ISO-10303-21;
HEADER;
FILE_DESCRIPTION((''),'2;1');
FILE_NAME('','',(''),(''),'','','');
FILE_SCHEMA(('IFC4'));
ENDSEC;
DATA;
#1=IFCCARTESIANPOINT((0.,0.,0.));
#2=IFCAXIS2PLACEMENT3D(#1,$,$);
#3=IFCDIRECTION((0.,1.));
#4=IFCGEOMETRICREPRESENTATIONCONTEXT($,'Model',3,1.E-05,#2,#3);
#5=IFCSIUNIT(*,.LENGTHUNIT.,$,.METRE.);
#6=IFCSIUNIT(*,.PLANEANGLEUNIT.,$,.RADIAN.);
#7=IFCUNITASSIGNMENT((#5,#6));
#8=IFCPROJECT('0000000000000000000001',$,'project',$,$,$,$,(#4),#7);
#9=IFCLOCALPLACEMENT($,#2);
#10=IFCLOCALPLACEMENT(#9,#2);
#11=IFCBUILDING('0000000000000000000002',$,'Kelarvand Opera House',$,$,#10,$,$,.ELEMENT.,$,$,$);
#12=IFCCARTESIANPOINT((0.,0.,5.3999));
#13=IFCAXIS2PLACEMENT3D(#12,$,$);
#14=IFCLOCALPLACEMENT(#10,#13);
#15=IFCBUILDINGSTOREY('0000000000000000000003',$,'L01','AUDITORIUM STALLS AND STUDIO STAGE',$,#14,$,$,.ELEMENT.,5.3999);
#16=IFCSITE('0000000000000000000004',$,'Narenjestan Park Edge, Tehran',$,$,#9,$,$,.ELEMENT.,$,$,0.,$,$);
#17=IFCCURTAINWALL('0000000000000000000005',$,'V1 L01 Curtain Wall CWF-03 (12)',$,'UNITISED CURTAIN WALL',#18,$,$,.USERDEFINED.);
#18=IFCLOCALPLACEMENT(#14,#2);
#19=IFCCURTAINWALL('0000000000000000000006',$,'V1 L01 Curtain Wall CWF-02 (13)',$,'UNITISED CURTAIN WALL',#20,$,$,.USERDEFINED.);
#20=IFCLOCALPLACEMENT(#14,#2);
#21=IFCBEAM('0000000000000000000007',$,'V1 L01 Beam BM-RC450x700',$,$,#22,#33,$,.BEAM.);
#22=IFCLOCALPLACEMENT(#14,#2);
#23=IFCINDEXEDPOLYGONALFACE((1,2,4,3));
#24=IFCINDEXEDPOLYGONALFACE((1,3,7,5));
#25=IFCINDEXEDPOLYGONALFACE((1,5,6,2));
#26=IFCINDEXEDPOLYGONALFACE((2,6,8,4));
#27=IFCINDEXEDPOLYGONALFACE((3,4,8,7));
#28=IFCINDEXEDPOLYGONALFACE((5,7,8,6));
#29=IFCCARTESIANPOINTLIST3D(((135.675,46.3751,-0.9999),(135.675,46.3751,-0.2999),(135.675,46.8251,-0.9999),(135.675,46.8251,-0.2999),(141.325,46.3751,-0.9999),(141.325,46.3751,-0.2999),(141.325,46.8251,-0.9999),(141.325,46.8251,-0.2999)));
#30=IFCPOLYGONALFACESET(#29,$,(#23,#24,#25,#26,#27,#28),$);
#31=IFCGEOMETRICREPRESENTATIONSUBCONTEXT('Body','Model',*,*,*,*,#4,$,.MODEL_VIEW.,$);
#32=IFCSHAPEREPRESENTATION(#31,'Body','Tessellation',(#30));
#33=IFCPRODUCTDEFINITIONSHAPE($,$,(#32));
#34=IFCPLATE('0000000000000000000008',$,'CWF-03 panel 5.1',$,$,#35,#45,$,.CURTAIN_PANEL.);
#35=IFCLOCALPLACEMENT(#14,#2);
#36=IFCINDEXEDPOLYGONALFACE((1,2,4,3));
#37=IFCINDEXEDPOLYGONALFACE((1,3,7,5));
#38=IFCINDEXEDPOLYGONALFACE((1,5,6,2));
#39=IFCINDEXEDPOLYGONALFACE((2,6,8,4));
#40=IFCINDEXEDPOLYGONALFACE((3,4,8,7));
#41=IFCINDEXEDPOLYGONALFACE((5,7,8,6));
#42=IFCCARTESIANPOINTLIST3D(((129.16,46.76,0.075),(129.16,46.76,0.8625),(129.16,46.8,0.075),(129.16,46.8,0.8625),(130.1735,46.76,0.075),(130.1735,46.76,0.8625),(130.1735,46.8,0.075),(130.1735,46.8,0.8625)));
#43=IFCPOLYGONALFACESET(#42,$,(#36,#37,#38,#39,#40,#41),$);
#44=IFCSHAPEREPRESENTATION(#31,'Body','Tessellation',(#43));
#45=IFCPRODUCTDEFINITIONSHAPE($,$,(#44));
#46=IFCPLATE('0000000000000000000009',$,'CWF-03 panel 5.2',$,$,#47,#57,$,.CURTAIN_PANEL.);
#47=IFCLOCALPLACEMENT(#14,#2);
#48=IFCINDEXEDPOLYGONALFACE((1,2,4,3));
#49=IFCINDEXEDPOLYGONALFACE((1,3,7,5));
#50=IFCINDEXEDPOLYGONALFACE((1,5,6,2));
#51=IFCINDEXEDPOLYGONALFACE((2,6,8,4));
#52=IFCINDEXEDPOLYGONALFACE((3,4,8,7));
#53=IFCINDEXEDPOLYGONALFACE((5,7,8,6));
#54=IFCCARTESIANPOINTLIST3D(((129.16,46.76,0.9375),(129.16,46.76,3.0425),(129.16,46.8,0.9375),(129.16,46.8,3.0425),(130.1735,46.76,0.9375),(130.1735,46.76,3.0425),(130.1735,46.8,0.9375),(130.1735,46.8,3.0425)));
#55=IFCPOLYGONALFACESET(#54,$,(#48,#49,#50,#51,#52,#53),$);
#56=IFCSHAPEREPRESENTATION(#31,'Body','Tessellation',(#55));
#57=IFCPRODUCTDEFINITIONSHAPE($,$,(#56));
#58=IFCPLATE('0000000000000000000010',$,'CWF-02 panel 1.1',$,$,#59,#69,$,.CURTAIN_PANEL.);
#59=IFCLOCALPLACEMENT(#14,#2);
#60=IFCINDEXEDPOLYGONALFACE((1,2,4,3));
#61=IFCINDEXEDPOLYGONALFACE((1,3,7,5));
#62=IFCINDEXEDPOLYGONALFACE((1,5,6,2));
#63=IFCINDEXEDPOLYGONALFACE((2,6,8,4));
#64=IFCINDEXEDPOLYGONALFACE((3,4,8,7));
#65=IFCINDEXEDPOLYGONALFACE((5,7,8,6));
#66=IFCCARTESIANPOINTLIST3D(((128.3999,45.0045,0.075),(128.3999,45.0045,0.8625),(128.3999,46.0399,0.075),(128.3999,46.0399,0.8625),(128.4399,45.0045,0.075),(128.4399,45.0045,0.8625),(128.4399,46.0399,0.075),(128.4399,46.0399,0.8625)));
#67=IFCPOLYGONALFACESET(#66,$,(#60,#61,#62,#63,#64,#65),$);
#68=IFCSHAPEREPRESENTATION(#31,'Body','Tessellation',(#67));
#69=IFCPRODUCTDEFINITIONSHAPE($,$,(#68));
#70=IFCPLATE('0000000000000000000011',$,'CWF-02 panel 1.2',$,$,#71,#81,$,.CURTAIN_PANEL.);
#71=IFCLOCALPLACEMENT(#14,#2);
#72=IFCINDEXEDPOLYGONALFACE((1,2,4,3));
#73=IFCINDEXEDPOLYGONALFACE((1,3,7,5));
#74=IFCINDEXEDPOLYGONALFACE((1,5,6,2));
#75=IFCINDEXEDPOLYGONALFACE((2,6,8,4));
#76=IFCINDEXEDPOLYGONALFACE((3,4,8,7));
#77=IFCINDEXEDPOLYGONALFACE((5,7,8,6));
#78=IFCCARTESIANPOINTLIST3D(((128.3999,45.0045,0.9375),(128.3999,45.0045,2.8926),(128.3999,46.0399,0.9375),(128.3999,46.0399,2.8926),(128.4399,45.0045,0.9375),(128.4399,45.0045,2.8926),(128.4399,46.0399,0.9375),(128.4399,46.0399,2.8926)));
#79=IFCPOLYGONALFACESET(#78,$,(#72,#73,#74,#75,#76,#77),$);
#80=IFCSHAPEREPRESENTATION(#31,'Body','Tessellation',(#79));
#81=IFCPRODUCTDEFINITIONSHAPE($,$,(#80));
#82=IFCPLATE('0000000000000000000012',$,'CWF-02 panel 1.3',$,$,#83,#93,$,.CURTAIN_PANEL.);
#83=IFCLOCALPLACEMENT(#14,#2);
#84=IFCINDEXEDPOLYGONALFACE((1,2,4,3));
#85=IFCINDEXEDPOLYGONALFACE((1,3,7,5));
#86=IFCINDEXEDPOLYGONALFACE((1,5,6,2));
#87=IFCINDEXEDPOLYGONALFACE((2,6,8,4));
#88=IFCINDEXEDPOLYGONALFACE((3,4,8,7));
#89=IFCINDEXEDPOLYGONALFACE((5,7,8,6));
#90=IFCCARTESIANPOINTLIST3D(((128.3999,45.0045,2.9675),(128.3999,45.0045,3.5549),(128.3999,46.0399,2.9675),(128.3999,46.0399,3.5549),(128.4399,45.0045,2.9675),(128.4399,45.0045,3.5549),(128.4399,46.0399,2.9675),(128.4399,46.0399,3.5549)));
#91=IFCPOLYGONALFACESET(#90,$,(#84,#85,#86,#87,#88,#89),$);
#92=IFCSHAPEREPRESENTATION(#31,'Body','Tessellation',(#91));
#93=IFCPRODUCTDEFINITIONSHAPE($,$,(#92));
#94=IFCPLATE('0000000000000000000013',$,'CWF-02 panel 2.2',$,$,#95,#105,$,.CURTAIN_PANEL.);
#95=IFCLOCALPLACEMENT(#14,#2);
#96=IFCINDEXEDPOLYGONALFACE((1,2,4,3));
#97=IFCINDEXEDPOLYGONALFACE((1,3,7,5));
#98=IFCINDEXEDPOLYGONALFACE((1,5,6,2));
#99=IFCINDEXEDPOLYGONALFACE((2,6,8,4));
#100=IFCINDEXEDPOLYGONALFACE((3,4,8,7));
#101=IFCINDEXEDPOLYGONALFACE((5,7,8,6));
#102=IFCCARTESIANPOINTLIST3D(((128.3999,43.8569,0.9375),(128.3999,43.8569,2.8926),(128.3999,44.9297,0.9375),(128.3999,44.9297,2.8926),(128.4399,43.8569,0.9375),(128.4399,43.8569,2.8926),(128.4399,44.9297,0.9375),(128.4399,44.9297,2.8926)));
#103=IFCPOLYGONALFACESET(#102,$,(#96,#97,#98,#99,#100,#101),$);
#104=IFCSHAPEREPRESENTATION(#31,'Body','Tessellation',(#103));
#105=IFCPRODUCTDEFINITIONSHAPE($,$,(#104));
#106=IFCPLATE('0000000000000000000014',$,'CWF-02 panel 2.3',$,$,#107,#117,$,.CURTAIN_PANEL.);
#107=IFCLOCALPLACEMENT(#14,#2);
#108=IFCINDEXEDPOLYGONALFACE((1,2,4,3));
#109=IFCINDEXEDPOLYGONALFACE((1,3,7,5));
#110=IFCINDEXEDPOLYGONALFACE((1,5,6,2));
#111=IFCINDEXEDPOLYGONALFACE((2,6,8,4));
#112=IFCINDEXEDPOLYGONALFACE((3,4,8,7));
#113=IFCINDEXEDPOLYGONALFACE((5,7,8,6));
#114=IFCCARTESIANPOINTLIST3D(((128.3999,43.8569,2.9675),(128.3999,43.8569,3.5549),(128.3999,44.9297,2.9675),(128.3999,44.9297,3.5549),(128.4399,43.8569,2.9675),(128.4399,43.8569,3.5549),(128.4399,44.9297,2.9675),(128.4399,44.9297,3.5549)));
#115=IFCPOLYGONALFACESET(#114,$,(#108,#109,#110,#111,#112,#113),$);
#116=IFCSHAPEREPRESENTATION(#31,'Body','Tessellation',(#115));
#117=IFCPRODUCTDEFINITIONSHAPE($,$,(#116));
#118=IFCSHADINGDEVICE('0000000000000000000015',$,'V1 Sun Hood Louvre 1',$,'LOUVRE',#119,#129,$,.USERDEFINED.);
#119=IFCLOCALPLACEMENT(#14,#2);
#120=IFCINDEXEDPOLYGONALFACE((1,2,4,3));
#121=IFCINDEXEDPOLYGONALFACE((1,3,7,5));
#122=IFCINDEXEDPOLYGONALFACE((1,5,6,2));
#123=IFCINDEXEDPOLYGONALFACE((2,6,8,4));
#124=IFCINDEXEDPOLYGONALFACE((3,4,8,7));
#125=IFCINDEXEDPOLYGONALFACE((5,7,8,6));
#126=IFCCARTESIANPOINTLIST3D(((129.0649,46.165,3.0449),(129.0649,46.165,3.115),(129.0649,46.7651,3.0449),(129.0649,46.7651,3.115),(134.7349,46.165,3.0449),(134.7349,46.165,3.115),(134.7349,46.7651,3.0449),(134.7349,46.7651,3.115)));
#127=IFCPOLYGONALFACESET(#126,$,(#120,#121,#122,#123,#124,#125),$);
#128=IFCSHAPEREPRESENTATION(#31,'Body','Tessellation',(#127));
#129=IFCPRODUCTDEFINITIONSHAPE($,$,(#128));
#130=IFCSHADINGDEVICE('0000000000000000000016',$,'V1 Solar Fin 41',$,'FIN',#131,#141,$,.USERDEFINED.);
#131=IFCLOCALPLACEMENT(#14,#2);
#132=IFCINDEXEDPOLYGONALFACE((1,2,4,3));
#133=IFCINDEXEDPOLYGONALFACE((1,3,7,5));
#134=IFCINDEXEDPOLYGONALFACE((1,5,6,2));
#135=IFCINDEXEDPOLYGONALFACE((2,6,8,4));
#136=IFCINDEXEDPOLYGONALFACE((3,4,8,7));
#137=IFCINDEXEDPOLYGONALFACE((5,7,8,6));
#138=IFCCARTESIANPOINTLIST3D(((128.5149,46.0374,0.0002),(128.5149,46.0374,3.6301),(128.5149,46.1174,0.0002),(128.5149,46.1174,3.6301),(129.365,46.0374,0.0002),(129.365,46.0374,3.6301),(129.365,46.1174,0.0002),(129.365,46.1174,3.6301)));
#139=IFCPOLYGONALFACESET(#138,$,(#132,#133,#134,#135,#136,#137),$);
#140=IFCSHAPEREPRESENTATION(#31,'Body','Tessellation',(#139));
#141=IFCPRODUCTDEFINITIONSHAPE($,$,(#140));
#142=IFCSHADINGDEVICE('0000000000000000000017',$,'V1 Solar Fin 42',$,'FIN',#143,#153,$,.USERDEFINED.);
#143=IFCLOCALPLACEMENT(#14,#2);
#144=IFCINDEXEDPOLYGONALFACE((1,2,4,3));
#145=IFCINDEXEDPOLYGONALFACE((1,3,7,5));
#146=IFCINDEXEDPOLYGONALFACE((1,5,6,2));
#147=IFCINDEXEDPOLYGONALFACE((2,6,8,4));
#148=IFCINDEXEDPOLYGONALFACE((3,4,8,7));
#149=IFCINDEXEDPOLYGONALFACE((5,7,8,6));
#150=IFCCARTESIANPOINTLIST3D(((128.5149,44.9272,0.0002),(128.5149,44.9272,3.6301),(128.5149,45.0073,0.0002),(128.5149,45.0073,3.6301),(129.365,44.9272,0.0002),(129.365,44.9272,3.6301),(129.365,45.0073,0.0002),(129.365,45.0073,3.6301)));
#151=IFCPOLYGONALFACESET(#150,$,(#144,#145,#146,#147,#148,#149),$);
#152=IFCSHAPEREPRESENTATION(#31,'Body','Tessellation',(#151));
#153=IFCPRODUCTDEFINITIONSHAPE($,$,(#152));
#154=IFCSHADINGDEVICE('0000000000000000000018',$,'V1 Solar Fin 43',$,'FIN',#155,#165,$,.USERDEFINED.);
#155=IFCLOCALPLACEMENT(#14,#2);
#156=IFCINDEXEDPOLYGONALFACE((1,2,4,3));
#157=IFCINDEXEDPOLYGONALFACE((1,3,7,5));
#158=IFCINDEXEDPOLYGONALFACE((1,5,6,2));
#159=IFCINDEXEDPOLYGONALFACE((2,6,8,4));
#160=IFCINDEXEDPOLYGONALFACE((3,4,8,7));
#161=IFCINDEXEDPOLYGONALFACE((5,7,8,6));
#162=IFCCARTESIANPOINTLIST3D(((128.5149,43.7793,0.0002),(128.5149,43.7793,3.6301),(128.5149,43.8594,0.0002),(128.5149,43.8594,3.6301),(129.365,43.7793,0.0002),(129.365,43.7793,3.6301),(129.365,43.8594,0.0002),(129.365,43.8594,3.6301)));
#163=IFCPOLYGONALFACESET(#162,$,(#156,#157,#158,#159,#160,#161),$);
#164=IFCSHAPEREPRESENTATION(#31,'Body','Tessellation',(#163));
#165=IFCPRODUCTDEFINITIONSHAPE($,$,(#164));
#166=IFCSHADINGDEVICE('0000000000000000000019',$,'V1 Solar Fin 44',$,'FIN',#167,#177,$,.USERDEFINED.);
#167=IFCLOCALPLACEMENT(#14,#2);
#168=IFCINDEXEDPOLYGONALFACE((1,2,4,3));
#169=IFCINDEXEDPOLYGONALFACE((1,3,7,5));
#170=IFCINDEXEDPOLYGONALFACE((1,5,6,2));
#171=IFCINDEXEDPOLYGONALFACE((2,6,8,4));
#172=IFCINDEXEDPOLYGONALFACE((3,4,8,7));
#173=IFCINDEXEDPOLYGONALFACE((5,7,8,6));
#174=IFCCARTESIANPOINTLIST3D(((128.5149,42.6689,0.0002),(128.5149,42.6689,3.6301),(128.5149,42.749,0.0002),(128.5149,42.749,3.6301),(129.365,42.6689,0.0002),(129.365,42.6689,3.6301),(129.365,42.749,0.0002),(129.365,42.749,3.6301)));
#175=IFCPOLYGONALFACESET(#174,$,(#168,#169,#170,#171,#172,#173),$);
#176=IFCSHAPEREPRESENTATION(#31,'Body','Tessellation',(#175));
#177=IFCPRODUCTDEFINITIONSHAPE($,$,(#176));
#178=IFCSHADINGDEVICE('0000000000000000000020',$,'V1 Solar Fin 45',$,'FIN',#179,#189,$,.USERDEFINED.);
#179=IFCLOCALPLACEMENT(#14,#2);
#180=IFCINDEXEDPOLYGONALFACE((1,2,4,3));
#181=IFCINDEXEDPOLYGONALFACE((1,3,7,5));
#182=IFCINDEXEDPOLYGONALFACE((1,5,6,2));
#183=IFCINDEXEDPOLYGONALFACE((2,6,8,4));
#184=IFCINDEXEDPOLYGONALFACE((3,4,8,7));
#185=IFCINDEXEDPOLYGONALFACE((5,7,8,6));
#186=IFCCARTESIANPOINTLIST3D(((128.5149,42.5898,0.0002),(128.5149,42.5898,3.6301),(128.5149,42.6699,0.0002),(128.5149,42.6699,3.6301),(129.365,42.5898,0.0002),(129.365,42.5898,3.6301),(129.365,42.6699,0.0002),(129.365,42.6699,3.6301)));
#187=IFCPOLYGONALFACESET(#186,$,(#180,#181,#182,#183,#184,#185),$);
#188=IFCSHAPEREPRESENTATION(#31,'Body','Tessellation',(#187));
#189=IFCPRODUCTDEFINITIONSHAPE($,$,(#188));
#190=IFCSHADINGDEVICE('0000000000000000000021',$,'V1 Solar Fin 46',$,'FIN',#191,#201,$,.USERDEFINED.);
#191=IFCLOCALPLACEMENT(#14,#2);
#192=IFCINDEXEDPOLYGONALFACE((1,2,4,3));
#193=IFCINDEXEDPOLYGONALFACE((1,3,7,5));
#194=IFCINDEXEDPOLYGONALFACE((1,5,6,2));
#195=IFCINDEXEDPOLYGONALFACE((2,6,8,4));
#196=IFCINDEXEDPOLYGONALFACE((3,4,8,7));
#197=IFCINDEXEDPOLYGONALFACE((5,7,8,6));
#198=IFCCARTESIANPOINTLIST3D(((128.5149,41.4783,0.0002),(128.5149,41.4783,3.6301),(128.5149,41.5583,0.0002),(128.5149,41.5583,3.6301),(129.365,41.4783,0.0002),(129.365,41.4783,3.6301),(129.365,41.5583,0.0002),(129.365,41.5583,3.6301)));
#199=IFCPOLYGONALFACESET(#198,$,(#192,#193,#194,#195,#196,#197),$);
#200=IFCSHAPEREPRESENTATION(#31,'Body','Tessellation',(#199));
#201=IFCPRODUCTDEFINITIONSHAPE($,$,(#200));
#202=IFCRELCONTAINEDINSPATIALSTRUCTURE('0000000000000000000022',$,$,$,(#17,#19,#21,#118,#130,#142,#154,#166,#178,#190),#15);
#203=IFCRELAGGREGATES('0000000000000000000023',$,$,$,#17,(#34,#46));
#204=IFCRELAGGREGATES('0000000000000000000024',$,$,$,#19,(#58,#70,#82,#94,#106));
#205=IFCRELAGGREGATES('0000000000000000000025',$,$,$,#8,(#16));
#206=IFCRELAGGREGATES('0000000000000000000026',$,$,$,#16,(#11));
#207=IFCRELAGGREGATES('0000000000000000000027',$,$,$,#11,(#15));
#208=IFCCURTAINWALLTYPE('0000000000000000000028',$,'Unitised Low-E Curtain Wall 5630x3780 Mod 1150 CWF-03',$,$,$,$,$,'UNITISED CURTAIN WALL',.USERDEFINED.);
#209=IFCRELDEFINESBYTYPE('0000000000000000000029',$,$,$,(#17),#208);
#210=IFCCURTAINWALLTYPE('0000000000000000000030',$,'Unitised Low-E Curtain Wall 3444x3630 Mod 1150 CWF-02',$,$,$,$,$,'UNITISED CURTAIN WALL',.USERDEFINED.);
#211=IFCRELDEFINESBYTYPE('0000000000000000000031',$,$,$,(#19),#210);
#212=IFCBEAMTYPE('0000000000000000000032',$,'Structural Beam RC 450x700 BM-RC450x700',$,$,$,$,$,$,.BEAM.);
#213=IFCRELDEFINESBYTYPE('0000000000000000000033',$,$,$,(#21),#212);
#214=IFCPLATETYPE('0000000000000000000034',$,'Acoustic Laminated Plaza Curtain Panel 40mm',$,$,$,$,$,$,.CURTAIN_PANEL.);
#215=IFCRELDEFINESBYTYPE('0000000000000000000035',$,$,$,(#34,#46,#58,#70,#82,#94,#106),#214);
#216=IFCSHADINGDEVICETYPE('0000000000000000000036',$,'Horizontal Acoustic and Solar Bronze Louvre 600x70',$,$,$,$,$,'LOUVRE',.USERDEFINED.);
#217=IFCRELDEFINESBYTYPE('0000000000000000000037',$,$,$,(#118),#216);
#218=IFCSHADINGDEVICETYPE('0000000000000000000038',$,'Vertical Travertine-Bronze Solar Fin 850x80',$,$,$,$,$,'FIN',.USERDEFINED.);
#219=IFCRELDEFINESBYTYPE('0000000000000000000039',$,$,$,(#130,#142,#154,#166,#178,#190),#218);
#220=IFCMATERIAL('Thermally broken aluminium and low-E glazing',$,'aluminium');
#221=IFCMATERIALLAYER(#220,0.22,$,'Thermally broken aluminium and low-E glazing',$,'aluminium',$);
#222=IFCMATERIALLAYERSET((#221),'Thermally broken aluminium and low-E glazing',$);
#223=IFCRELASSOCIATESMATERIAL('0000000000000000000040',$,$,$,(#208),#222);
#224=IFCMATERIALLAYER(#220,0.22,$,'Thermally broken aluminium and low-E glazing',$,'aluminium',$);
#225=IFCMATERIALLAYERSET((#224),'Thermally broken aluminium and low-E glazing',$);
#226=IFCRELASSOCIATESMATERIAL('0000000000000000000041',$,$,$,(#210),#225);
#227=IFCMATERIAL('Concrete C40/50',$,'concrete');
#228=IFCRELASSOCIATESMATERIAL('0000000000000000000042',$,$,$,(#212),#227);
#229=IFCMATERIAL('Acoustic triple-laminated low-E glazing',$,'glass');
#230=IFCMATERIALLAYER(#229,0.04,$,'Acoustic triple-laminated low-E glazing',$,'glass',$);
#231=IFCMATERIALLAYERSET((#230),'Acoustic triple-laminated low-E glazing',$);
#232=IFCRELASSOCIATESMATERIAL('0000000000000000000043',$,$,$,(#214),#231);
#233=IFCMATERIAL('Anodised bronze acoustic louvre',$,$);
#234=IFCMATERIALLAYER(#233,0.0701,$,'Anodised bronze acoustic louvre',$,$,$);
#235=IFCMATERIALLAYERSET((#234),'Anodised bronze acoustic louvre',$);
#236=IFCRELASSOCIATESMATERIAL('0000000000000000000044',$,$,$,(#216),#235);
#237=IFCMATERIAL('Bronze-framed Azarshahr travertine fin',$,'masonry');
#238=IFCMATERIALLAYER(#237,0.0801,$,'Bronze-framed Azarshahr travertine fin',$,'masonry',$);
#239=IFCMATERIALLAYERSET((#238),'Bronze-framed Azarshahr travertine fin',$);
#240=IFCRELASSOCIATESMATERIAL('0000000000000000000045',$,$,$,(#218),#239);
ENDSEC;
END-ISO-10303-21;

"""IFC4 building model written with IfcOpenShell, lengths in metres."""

from ifc_helpers import new_model, si_unit, direction, frame, origin, origin_2d, place, context, subcontext, project, spatial, rectangle, extrude, material, layer, layer_set, material_profile, profile_set, type_object, element, aggregate, save


model = new_model("IFC4")

# Units and contexts
model_context = context("Model", 3, precision=1e-05, world=origin(), true_north=direction((0.0, 1.0)))
body_context = subcontext(model_context, "Body", "Model", "MODEL_VIEW")
ifc_project = project(units=[si_unit("LENGTHUNIT", "METRE"), si_unit("PLANEANGLEUNIT", "RADIAN")], contexts=[model_context])

# Site, building, storey
site_placement = place(None, origin())
site = spatial("IfcSite", under=ifc_project, at=site_placement, Name="Narenjestan Park Edge, Tehran", CompositionType="ELEMENT", RefElevation=0.0)
building_placement = place(site_placement, origin())
building = spatial("IfcBuilding", under=site, at=building_placement, Name="Kelarvand Opera House", CompositionType="ELEMENT")
storey_placement = place(building_placement, frame((0.0, 0.0, 5.3999)))
storey = spatial("IfcBuildingStorey", under=building, at=storey_placement, Name="L01", Description="AUDITORIUM STALLS AND STUDIO STAGE", CompositionType="ELEMENT", Elevation=5.3999)

# Shared definitions
ifc_material_1 = material(Name="Concrete C40/50", Category="concrete")

# Curtain wall
ifc_material_2 = material(Name="Thermally broken aluminium and low-E glazing", Category="aluminium")
ifc_layer_1 = layer(ifc_material_2, 0.22, Name="Thermally broken aluminium and low-E glazing", Category="aluminium")
ifc_layer_set_1 = layer_set([ifc_layer_1], Name="Thermally broken aluminium and low-E glazing")
curtain_wall_type_1 = type_object("IfcCurtainWallType", Name="Unitised Low-E Curtain Wall 5630x3780 Mod 1150 CWF-03", ElementType="UNITISED CURTAIN WALL", PredefinedType="USERDEFINED", material=ifc_layer_set_1)
curtain_wall_1_placement = place(storey_placement, origin())
curtain_wall_1 = element("IfcCurtainWall", 1, at=curtain_wall_1_placement, inside=storey, type_object=curtain_wall_type_1, Name="V1 L01 Curtain Wall CWF-03 (12)", ObjectType="UNITISED CURTAIN WALL", PredefinedType="USERDEFINED")

# Curtain wall
ifc_layer_2 = layer(ifc_material_2, 0.22, Name="Thermally broken aluminium and low-E glazing", Category="aluminium")
ifc_layer_set_2 = layer_set([ifc_layer_2], Name="Thermally broken aluminium and low-E glazing")
curtain_wall_type_2 = type_object("IfcCurtainWallType", Name="Unitised Low-E Curtain Wall 3444x3630 Mod 1150 CWF-02", ElementType="UNITISED CURTAIN WALL", PredefinedType="USERDEFINED", material=ifc_layer_set_2)
curtain_wall_2_placement = place(storey_placement, origin())
curtain_wall_2 = element("IfcCurtainWall", 2, at=curtain_wall_2_placement, inside=storey, type_object=curtain_wall_type_2, Name="V1 L01 Curtain Wall CWF-02 (13)", ObjectType="UNITISED CURTAIN WALL", PredefinedType="USERDEFINED")

# Beam
ifc_material_profile_1 = material_profile(ifc_material_1, rectangle(XDim=0.45, YDim=0.7, at=origin_2d()), Name="RC 450x700", Category="concrete")
ifc_profile_set_1 = profile_set([ifc_material_profile_1], Name="Concrete C40/50")
beam_type = type_object("IfcBeamType", Name="Structural Beam RC 450x700 BM-RC450x700", PredefinedType="BEAM", material=ifc_profile_set_1)
beam_1_placement = place(storey_placement, frame((135.675, 46.6001, -0.6499), z_axis=(1.0, 0.0, 0.0), x_axis=(0.0, 1.0, 0.0)))
element("IfcBeam", 3, at=beam_1_placement, inside=storey, type_object=beam_type, Name="V1 L01 Beam BM-RC450x700", PredefinedType="BEAM", context=body_context, shape_type="SweptSolid", body=[
    extrude(rectangle(XDim=0.45, YDim=0.7, at=origin_2d()), origin(), (0.0, 0.0, 1.0), 5.6499),
])

# Plates
ifc_material_3 = material(Name="Acoustic triple-laminated low-E glazing", Category="glass")
ifc_layer_3 = layer(ifc_material_3, 0.04, Name="Acoustic triple-laminated low-E glazing", Category="glass")
ifc_layer_set_3 = layer_set([ifc_layer_3], Name="Acoustic triple-laminated low-E glazing")
plate_type = type_object("IfcPlateType", Name="Acoustic Laminated Plaza Curtain Panel 40mm", PredefinedType="CURTAIN_PANEL", material=ifc_layer_set_3)
plate_1_placement = place(storey_placement, frame((129.6667, 46.78, 0.075), z_axis=(0.0, 0.0, 1.0), x_axis=(-1.0, 0.0, 0.0)))
plate_1 = element("IfcPlate", 4, at=plate_1_placement, type_object=plate_type, Name="CWF-03 panel 5.1", PredefinedType="CURTAIN_PANEL", context=body_context, shape_type="SweptSolid", body=[
    extrude(rectangle(XDim=1.0134, YDim=0.04, at=origin_2d()), origin(), (0.0, 0.0, 1.0), 0.7876),
])
plate_2_placement = place(storey_placement, frame((129.6667, 46.78, 0.9375), z_axis=(0.0, 0.0, 1.0), x_axis=(-1.0, 0.0, 0.0)))
plate_2 = element("IfcPlate", 5, at=plate_2_placement, type_object=plate_type, Name="CWF-03 panel 5.2", PredefinedType="CURTAIN_PANEL", context=body_context, shape_type="SweptSolid", body=[
    extrude(rectangle(XDim=1.0134, YDim=0.04, at=origin_2d()), origin(), (0.0, 0.0, 1.0), 2.105),
])
aggregate(curtain_wall_1, [plate_1, plate_2])
plate_3_placement = place(storey_placement, frame((128.4199, 45.5222, 0.075), z_axis=(0.0, 0.0, 1.0), x_axis=(0.0, -1.0, 0.0)))
plate_3 = element("IfcPlate", 6, at=plate_3_placement, type_object=plate_type, Name="CWF-02 panel 1.1", PredefinedType="CURTAIN_PANEL", context=body_context, shape_type="SweptSolid", body=[
    extrude(rectangle(XDim=1.0354, YDim=0.04, at=origin_2d()), origin(), (0.0, 0.0, 1.0), 0.7876),
])
plate_4_placement = place(storey_placement, frame((128.4199, 45.5222, 0.9375), z_axis=(0.0, 0.0, 1.0), x_axis=(0.0, -1.0, 0.0)))
plate_4 = element("IfcPlate", 7, at=plate_4_placement, type_object=plate_type, Name="CWF-02 panel 1.2", PredefinedType="CURTAIN_PANEL", context=body_context, shape_type="SweptSolid", body=[
    extrude(rectangle(XDim=1.0354, YDim=0.04, at=origin_2d()), origin(), (0.0, 0.0, 1.0), 1.9551),
])
plate_5_placement = place(storey_placement, frame((128.4199, 45.5222, 2.9675), z_axis=(0.0, 0.0, 1.0), x_axis=(0.0, -1.0, 0.0)))
plate_5 = element("IfcPlate", 8, at=plate_5_placement, type_object=plate_type, Name="CWF-02 panel 1.3", PredefinedType="CURTAIN_PANEL", context=body_context, shape_type="SweptSolid", body=[
    extrude(rectangle(XDim=1.0354, YDim=0.04, at=origin_2d()), origin(), (0.0, 0.0, 1.0), 0.5874),
])
plate_6_placement = place(storey_placement, frame((128.4199, 44.3933, 0.9375), z_axis=(0.0, 0.0, 1.0), x_axis=(0.0, -1.0, 0.0)))
plate_6 = element("IfcPlate", 9, at=plate_6_placement, type_object=plate_type, Name="CWF-02 panel 2.2", PredefinedType="CURTAIN_PANEL", context=body_context, shape_type="SweptSolid", body=[
    extrude(rectangle(XDim=1.0728, YDim=0.04, at=origin_2d()), origin(), (0.0, 0.0, 1.0), 1.9551),
])
plate_7_placement = place(storey_placement, frame((128.4199, 44.3933, 2.9675), z_axis=(0.0, 0.0, 1.0), x_axis=(0.0, -1.0, 0.0)))
plate_7 = element("IfcPlate", 10, at=plate_7_placement, type_object=plate_type, Name="CWF-02 panel 2.3", PredefinedType="CURTAIN_PANEL", context=body_context, shape_type="SweptSolid", body=[
    extrude(rectangle(XDim=1.0728, YDim=0.04, at=origin_2d()), origin(), (0.0, 0.0, 1.0), 0.5874),
])
aggregate(curtain_wall_2, [plate_3, plate_4, plate_5, plate_6, plate_7])

# Shading devices
ifc_material_4 = material(Name="Anodised bronze acoustic louvre")
ifc_layer_4 = layer(ifc_material_4, 0.0701, Name="Anodised bronze acoustic louvre")
ifc_layer_set_4 = layer_set([ifc_layer_4], Name="Anodised bronze acoustic louvre")
shading_device_type_1 = type_object("IfcShadingDeviceType", Name="Horizontal Acoustic and Solar Bronze Louvre 600x70", ElementType="LOUVRE", PredefinedType="USERDEFINED", material=ifc_layer_set_4)
shading_device_placement = place(storey_placement, frame((131.8999, 46.4651, 3.0449), z_axis=(0.0, 0.0, 1.0), x_axis=(-1.0, 0.0, 0.0)))
element("IfcShadingDevice", 11, at=shading_device_placement, inside=storey, type_object=shading_device_type_1, Name="V1 Sun Hood Louvre 1", ObjectType="LOUVRE", PredefinedType="USERDEFINED", context=body_context, shape_type="SweptSolid", body=[
    extrude(rectangle(XDim=5.6699, YDim=0.6001, at=origin_2d()), origin(), (0.0, 0.0, 1.0), 0.0701),
])
ifc_material_5 = material(Name="Bronze-framed Azarshahr travertine fin", Category="masonry")
ifc_layer_5 = layer(ifc_material_5, 0.0801, Name="Bronze-framed Azarshahr travertine fin", Category="masonry")
ifc_layer_set_5 = layer_set([ifc_layer_5], Name="Bronze-framed Azarshahr travertine fin")
shading_device_type_2 = type_object("IfcShadingDeviceType", Name="Vertical Travertine-Bronze Solar Fin 850x80", ElementType="FIN", PredefinedType="USERDEFINED", material=ifc_layer_set_5)
for number, where, z_axis, x_axis, name in (
    (12, (128.9399, 46.0774, 0.0002), (0.0, 0.0, 1.0), (1.0, 0.0, 0.0), "V1 Solar Fin 41"),
    (13, (128.9399, 44.9673, 0.0002), (0.0, 0.0, 1.0), (1.0, 0.0, 0.0), "V1 Solar Fin 42"),
    (14, (128.9399, 43.8193, 0.0002), (0.0, 0.0, 1.0), (1.0, 0.0, 0.0), "V1 Solar Fin 43"),
    (15, (128.9399, 42.709, 0.0002), (0.0, 0.0, 1.0), (1.0, 0.0, 0.0), "V1 Solar Fin 44"),
    (16, (128.9399, 42.6299, 0.0002), (0.0, 0.0, 1.0), (1.0, 0.0, 0.0), "V1 Solar Fin 45"),
    (17, (128.9399, 41.5183, 0.0002), (0.0, 0.0, 1.0), (1.0, 0.0, 0.0), "V1 Solar Fin 46"),
):
    element("IfcShadingDevice", number, at=place(storey_placement, frame(where, z_axis=z_axis, x_axis=x_axis)), inside=storey, type_object=shading_device_type_2, Name=name, ObjectType="FIN", PredefinedType="USERDEFINED", context=body_context, shape_type="SweptSolid", body=[
        extrude(rectangle(XDim=0.8501, YDim=0.0801, at=origin_2d()), origin(), (0.0, 0.0, 1.0), 3.6299),
    ])

save(model, "model.ifc")
